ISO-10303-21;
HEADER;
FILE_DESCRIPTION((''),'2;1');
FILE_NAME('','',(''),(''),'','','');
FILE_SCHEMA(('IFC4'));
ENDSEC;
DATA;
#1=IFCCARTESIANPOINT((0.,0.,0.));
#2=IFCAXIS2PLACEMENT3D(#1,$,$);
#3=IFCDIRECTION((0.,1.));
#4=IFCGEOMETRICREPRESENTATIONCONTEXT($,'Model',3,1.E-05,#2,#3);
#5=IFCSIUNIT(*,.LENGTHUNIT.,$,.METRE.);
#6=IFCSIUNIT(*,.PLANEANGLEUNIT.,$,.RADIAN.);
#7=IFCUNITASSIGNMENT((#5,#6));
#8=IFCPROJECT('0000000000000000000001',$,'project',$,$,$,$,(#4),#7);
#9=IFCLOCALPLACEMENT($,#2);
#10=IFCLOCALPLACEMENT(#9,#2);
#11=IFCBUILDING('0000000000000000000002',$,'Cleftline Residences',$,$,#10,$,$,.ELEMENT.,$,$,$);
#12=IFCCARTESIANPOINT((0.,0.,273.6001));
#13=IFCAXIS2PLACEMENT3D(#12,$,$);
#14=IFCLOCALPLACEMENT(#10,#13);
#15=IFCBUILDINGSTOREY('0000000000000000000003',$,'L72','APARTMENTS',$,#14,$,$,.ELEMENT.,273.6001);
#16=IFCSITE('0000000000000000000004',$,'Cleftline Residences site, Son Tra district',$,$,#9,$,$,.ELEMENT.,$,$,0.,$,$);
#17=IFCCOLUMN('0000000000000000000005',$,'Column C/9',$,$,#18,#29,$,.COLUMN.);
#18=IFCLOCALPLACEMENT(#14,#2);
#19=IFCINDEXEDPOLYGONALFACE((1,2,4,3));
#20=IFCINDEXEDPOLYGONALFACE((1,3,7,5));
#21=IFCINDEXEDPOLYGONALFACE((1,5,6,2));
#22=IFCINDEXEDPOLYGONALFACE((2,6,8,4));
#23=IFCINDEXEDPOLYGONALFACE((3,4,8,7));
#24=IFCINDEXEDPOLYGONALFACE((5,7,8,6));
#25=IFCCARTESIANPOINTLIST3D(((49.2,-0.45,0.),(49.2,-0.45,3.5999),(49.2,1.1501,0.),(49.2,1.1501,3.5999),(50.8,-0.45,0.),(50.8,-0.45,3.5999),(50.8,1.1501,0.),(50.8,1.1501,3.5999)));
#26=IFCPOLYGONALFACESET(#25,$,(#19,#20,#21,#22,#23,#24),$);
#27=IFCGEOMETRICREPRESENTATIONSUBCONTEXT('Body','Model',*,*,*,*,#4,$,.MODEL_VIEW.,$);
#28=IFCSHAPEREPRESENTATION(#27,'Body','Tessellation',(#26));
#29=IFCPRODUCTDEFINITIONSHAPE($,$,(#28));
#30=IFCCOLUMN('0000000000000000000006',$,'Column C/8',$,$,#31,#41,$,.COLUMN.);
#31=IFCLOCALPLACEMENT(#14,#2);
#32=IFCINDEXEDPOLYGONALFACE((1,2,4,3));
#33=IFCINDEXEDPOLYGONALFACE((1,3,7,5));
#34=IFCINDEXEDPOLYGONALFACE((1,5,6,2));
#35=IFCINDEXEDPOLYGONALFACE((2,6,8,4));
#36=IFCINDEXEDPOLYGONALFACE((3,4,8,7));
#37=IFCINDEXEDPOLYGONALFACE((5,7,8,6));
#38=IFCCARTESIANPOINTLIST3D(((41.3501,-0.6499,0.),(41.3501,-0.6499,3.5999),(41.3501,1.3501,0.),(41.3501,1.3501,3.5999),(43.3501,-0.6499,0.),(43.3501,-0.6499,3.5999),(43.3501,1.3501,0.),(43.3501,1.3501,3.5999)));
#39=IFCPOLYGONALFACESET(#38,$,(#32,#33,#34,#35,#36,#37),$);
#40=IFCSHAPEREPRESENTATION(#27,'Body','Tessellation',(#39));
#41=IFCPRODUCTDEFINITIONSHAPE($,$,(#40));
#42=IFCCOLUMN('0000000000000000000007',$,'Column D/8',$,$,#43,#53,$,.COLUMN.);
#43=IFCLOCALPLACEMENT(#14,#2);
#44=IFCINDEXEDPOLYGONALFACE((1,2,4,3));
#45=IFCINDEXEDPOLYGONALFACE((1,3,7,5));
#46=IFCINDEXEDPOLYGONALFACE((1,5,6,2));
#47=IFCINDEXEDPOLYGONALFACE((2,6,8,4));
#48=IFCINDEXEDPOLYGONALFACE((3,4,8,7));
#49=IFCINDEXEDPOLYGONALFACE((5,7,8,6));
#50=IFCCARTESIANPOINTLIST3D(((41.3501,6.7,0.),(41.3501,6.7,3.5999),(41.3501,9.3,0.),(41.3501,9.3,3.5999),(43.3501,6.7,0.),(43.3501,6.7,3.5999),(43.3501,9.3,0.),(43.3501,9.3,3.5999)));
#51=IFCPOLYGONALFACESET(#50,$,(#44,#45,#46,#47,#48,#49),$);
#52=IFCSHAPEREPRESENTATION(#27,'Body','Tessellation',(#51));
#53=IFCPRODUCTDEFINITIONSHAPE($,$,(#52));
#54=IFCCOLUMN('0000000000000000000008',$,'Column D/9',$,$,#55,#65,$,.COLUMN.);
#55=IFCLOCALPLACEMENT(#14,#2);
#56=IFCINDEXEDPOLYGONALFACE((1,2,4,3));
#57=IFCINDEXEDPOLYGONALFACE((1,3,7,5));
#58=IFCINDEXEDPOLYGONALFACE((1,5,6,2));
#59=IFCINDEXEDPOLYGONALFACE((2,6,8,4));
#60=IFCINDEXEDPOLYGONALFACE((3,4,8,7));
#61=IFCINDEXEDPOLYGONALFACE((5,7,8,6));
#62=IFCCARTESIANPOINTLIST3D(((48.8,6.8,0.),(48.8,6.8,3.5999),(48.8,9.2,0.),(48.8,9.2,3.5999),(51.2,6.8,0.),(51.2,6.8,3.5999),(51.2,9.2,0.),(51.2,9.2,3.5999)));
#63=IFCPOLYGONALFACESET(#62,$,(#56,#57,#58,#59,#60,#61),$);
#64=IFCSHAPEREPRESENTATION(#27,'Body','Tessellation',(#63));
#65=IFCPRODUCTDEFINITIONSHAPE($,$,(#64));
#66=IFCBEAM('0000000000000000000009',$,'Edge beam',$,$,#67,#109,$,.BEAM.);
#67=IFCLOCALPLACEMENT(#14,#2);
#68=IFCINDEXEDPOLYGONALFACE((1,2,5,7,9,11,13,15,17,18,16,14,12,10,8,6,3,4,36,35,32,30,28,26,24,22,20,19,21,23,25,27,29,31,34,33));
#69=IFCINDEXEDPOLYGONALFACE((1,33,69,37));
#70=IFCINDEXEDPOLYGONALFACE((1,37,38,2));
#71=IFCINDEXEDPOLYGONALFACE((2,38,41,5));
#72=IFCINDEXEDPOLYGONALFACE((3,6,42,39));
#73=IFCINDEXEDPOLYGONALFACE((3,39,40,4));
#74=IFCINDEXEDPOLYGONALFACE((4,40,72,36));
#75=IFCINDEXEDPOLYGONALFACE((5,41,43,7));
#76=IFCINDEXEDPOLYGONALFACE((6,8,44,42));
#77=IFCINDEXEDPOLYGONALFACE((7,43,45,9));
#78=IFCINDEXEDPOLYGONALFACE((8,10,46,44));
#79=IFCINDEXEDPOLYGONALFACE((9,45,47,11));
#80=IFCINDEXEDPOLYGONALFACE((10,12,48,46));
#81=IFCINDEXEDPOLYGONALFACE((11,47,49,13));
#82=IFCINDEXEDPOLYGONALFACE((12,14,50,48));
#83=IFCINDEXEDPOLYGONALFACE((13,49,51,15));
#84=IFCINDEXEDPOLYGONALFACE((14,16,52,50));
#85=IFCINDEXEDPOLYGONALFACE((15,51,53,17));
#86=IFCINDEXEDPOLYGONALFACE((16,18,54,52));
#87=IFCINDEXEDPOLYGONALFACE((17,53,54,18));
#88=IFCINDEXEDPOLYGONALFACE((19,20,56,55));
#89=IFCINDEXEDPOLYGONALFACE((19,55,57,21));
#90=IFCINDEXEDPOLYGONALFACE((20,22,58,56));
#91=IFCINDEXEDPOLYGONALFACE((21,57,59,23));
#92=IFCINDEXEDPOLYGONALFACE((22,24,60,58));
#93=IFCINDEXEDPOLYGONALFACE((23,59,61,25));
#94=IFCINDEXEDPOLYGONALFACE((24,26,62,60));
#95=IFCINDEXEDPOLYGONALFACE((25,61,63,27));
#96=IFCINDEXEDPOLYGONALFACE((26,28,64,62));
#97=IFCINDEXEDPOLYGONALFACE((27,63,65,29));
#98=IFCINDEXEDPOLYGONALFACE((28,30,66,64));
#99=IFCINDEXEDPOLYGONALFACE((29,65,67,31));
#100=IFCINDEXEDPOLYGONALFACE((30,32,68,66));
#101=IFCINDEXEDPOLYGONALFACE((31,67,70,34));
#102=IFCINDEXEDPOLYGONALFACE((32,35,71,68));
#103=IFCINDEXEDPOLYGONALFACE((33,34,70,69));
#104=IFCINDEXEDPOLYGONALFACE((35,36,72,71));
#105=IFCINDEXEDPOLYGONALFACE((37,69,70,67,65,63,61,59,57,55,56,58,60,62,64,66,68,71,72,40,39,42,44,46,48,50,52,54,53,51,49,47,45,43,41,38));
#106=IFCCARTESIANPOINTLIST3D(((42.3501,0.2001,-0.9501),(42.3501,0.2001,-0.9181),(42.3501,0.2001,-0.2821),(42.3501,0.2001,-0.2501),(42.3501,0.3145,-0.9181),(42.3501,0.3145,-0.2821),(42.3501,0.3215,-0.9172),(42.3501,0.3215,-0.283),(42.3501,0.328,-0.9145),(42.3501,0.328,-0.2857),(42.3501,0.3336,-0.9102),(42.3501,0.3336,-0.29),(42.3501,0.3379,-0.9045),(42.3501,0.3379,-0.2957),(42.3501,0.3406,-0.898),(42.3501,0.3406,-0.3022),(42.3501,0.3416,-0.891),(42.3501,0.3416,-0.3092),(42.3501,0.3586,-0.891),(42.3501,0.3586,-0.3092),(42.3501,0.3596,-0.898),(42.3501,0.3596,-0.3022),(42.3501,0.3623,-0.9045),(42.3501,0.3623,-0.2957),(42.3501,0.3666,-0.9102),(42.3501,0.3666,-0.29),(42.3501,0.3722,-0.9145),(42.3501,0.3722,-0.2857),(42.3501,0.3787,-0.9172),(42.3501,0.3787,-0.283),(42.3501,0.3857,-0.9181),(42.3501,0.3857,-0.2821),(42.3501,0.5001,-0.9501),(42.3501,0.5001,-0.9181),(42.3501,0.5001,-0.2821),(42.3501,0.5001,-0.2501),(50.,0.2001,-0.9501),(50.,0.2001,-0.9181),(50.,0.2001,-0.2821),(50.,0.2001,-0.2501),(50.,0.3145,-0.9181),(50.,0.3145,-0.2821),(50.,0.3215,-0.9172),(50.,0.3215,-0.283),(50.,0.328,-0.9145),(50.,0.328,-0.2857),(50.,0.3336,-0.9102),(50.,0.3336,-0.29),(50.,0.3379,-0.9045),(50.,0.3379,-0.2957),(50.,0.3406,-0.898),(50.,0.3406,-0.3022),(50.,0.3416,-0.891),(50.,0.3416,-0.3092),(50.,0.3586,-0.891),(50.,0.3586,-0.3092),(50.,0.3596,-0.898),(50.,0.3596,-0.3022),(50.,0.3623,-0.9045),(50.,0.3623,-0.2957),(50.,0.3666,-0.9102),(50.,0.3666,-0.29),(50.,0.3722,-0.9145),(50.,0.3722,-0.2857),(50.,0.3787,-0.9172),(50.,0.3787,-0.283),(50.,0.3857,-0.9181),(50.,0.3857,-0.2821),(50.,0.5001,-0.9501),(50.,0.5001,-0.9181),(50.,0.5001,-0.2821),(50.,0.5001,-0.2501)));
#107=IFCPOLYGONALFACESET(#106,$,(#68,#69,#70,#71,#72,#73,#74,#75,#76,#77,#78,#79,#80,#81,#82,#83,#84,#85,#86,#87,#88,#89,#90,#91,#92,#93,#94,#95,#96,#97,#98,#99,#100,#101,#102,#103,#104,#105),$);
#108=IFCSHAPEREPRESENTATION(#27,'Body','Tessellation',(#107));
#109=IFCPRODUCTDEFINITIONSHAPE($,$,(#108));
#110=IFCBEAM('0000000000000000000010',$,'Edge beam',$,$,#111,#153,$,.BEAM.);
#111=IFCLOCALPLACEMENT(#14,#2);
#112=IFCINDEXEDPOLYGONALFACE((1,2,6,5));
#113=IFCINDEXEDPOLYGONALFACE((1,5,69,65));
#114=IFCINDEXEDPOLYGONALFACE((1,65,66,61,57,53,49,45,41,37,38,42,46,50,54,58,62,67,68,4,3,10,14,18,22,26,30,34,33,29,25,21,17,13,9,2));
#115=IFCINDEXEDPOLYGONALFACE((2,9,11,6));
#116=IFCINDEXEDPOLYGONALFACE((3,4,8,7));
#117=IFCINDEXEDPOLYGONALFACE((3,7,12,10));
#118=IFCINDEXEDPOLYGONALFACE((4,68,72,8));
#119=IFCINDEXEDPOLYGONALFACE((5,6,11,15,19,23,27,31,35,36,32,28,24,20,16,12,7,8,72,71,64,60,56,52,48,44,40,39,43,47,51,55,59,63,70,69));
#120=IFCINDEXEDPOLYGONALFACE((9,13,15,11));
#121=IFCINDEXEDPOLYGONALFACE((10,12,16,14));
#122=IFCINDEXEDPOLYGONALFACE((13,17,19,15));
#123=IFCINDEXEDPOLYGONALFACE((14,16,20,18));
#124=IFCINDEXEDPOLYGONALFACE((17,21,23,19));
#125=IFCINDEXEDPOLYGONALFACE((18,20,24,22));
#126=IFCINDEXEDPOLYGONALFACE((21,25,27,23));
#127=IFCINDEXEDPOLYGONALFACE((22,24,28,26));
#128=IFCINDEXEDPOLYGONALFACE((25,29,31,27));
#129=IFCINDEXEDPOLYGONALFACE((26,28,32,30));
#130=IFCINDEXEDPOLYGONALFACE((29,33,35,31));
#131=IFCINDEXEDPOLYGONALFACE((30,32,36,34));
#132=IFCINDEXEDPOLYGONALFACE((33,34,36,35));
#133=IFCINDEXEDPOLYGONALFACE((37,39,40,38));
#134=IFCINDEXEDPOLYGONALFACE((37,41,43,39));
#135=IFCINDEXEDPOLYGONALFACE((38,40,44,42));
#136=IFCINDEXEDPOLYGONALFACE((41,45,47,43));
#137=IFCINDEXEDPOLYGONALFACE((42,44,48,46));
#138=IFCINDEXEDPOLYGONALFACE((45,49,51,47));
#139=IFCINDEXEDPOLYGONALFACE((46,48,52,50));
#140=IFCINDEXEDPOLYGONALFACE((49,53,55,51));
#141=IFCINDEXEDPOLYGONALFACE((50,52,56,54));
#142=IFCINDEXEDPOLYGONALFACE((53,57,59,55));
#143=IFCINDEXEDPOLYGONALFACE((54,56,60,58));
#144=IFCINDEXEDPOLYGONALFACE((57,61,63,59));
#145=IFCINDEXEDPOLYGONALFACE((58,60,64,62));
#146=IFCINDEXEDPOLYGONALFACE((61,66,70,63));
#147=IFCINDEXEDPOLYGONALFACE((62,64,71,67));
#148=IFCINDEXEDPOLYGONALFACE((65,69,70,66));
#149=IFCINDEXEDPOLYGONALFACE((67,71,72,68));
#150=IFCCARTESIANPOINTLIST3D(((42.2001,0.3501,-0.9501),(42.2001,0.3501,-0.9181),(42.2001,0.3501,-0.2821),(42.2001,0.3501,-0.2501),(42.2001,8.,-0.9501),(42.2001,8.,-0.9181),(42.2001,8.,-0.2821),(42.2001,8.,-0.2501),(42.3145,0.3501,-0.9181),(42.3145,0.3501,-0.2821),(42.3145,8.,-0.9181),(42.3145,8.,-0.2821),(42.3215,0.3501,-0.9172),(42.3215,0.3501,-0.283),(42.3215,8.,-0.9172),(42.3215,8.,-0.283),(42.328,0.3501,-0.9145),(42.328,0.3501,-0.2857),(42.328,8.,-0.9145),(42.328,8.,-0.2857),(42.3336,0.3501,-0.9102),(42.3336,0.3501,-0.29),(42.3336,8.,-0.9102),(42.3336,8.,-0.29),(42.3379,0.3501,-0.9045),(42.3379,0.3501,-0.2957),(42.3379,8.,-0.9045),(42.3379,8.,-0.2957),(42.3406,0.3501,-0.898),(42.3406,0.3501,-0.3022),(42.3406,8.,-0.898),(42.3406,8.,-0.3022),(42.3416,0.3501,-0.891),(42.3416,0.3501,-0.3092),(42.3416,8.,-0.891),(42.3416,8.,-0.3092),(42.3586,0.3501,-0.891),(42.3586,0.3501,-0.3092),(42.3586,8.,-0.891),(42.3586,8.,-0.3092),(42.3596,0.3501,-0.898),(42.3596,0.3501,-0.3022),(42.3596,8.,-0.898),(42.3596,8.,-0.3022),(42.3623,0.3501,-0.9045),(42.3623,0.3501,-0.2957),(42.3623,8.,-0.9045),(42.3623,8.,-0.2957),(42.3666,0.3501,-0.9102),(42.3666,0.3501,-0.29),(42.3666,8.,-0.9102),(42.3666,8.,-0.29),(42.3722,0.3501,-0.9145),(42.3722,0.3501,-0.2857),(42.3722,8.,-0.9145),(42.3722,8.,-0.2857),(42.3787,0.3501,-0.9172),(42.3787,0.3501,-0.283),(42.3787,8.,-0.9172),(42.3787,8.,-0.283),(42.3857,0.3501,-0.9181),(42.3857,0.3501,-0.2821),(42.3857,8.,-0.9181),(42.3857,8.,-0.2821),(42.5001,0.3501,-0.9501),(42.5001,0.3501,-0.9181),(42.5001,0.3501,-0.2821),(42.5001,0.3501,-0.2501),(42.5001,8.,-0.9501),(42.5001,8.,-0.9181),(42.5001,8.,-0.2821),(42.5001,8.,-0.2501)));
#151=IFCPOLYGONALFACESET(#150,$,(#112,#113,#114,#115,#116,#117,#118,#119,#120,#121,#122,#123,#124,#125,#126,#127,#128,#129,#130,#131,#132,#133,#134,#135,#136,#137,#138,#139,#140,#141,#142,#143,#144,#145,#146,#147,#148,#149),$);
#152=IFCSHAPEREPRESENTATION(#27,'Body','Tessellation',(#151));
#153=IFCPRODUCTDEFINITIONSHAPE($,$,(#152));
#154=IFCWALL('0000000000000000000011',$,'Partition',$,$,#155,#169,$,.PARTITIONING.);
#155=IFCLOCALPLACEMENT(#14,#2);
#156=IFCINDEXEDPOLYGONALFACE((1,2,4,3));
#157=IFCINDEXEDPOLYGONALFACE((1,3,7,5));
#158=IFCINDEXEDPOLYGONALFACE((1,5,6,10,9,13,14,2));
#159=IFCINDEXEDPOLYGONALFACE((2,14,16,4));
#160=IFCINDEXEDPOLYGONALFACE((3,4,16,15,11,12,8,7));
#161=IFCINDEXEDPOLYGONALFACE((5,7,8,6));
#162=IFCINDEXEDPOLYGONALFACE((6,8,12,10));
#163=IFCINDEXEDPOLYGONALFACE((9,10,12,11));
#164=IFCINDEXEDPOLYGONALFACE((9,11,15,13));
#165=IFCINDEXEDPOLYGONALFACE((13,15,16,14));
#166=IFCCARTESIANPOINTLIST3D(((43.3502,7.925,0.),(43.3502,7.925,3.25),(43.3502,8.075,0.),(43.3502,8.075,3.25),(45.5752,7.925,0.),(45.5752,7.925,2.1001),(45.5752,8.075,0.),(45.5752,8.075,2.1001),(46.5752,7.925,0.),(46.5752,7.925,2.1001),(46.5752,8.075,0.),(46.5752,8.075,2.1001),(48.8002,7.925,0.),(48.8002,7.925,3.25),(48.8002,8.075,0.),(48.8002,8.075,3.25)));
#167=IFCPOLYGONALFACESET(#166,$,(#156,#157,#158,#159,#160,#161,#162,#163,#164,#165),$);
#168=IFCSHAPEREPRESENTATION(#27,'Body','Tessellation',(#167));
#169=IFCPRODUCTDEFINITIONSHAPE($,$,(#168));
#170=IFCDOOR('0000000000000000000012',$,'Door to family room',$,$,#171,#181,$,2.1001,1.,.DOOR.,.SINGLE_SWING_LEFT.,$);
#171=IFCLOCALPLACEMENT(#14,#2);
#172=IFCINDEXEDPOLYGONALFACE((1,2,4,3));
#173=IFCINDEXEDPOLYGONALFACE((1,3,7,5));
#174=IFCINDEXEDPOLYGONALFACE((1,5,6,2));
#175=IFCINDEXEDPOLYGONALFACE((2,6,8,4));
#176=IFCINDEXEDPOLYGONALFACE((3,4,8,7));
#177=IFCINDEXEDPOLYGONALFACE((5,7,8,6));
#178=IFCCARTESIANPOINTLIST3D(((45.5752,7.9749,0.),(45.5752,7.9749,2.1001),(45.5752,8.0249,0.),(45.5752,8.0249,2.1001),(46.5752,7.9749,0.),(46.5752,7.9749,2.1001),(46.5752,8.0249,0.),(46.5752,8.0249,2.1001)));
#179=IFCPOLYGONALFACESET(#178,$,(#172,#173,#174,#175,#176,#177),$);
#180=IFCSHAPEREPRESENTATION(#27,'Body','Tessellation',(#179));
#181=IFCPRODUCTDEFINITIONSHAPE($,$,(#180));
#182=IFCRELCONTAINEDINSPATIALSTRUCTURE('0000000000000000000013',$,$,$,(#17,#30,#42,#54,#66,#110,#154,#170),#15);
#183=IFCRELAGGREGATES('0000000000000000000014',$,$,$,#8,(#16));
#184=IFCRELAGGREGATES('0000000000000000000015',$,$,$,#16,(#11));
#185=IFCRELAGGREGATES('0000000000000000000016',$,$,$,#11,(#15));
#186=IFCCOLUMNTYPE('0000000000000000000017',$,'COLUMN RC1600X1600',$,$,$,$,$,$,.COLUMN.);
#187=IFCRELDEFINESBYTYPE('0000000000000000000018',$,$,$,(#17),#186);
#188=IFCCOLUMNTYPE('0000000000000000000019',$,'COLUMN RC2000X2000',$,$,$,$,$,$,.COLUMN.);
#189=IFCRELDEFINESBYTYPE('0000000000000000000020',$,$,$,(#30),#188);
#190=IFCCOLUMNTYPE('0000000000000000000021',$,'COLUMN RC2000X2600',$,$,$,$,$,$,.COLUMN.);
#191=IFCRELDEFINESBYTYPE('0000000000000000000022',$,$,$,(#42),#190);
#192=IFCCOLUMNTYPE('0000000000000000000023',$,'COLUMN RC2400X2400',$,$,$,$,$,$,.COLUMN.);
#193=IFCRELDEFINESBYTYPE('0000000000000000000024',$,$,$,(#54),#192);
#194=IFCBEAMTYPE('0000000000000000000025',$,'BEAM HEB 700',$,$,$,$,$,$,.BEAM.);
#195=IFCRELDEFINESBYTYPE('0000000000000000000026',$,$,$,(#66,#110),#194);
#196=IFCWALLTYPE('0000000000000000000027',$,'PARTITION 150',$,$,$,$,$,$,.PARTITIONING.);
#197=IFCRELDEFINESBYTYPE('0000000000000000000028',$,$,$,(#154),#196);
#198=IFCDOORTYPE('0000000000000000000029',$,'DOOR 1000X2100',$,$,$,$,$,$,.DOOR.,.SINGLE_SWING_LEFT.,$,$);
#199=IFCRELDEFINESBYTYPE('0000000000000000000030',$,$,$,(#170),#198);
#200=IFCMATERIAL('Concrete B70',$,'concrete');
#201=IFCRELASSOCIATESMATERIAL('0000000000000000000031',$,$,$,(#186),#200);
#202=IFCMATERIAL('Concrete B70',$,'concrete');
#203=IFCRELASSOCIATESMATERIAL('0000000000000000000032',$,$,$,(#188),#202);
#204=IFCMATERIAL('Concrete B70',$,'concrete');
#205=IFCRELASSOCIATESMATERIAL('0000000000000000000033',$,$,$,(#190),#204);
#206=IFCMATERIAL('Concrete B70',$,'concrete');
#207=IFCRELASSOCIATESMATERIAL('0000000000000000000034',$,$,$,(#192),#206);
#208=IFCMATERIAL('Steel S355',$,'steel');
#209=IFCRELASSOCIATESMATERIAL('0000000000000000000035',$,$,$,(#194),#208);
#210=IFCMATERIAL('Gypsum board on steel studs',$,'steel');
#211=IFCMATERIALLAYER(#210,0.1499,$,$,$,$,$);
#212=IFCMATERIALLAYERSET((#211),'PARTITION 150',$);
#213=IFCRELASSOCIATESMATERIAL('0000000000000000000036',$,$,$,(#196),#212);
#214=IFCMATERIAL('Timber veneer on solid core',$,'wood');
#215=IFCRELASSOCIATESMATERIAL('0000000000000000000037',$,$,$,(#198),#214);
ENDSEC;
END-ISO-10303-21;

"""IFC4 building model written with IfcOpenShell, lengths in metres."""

from ifc_helpers import new_model, si_unit, direction, frame, frame_2d, origin, origin_2d, place, context, subcontext, project, spatial, rectangle, i_section, extrude, material, layer, layer_set, material_profile, profile_set, type_object, element, fill, save


model = new_model("IFC4")

# Units and contexts
model_context = context("Model", 3, precision=1e-05, world=origin(), true_north=direction((0.0, 1.0)))
body_context = subcontext(model_context, "Body", "Model", "MODEL_VIEW")
ifc_project = project(units=[si_unit("LENGTHUNIT", "METRE"), si_unit("PLANEANGLEUNIT", "RADIAN")], contexts=[model_context])

# Site, building, storey
site_placement = place(None, origin())
site = spatial("IfcSite", under=ifc_project, at=site_placement, Name="Cleftline Residences site, Son Tra district", CompositionType="ELEMENT", RefElevation=0.0)
building_placement = place(site_placement, origin())
building = spatial("IfcBuilding", under=site, at=building_placement, Name="Cleftline Residences", CompositionType="ELEMENT")
storey_placement = place(building_placement, frame((0.0, 0.0, 273.6001)))
storey = spatial("IfcBuildingStorey", under=building, at=storey_placement, Name="L72", Description="APARTMENTS", CompositionType="ELEMENT", Elevation=273.6001)

# Columns
ifc_material_1 = material(Name="Concrete B70", Category="concrete")
ifc_material_profile_1 = material_profile(ifc_material_1, rectangle(XDim=1.6001, YDim=1.6001, at=origin_2d()))
ifc_profile_set_1 = profile_set([ifc_material_profile_1], Name="Concrete B70")
column_type_1 = type_object("IfcColumnType", Name="COLUMN RC1600X1600", PredefinedType="COLUMN", material=ifc_profile_set_1)
column_1_placement = place(storey_placement, frame((50.0, 0.3501, 0.0), z_axis=(0.0, 0.0, 1.0), x_axis=(1.0, 0.0, 0.0)))
element("IfcColumn", 1, at=column_1_placement, inside=storey, type_object=column_type_1, Name="Column C/9", PredefinedType="COLUMN", context=body_context, shape_type="SweptSolid", body=[
    extrude(rectangle(XDim=1.6001, YDim=1.6001, at=origin_2d()), origin(), (0.0, 0.0, 1.0), 3.5999),
])
ifc_material_2 = material(Name="Concrete B70", Category="concrete")
ifc_material_profile_2 = material_profile(ifc_material_2, rectangle(XDim=2.0, YDim=2.0, at=origin_2d()))
ifc_profile_set_2 = profile_set([ifc_material_profile_2], Name="Concrete B70")
column_type_2 = type_object("IfcColumnType", Name="COLUMN RC2000X2000", PredefinedType="COLUMN", material=ifc_profile_set_2)
column_2_placement = place(storey_placement, frame((42.3501, 0.3501, 0.0), z_axis=(0.0, 0.0, 1.0), x_axis=(1.0, 0.0, 0.0)))
element("IfcColumn", 2, at=column_2_placement, inside=storey, type_object=column_type_2, Name="Column C/8", PredefinedType="COLUMN", context=body_context, shape_type="SweptSolid", body=[
    extrude(rectangle(XDim=2.0, YDim=2.0, at=origin_2d()), origin(), (0.0, 0.0, 1.0), 3.5999),
])
ifc_material_3 = material(Name="Concrete B70", Category="concrete")
ifc_material_profile_3 = material_profile(ifc_material_3, rectangle(XDim=2.0, YDim=2.6001, at=origin_2d()))
ifc_profile_set_3 = profile_set([ifc_material_profile_3], Name="Concrete B70")
column_type_3 = type_object("IfcColumnType", Name="COLUMN RC2000X2600", PredefinedType="COLUMN", material=ifc_profile_set_3)
column_3_placement = place(storey_placement, frame((42.3501, 8.0, 0.0), z_axis=(0.0, 0.0, 1.0), x_axis=(1.0, 0.0, 0.0)))
element("IfcColumn", 3, at=column_3_placement, inside=storey, type_object=column_type_3, Name="Column D/8", PredefinedType="COLUMN", context=body_context, shape_type="SweptSolid", body=[
    extrude(rectangle(XDim=2.0, YDim=2.6001, at=origin_2d()), origin(), (0.0, 0.0, 1.0), 3.5999),
])
ifc_material_4 = material(Name="Concrete B70", Category="concrete")
ifc_material_profile_4 = material_profile(ifc_material_4, rectangle(XDim=2.3999, YDim=2.3999, at=origin_2d()))
ifc_profile_set_4 = profile_set([ifc_material_profile_4], Name="Concrete B70")
column_type_4 = type_object("IfcColumnType", Name="COLUMN RC2400X2400", PredefinedType="COLUMN", material=ifc_profile_set_4)
column_4_placement = place(storey_placement, frame((50.0, 8.0, 0.0), z_axis=(0.0, 0.0, 1.0), x_axis=(1.0, 0.0, 0.0)))
element("IfcColumn", 4, at=column_4_placement, inside=storey, type_object=column_type_4, Name="Column D/9", PredefinedType="COLUMN", context=body_context, shape_type="SweptSolid", body=[
    extrude(rectangle(XDim=2.3999, YDim=2.3999, at=origin_2d()), origin(), (0.0, 0.0, 1.0), 3.5999),
])

# Beams
ifc_material_5 = material(Name="Steel S355", Category="steel")
ifc_material_profile_5 = material_profile(ifc_material_5, i_section(OverallWidth=0.3, OverallDepth=0.7, WebThickness=0.0171, FlangeThickness=0.032, FilletRadius=0.0271, at=origin_2d()))
ifc_profile_set_5 = profile_set([ifc_material_profile_5], Name="Steel S355")
beam_type = type_object("IfcBeamType", Name="BEAM HEB 700", PredefinedType="BEAM", material=ifc_profile_set_5)
for number, where, z_axis, x_axis, name in (
    (5, (50.0, 0.3501, -0.6001), (-1.0, 0.0, 0.0), (0.0, -1.0, 0.0), "Edge beam"),
    (6, (42.3501, 0.3501, -0.6001), (0.0, 1.0, 0.0), (-1.0, 0.0, 0.0), "Edge beam"),
):
    element("IfcBeam", number, at=place(storey_placement, frame(where, z_axis=z_axis, x_axis=x_axis)), inside=storey, type_object=beam_type, Name=name, PredefinedType="BEAM", context=body_context, shape_type="SweptSolid", body=[
        extrude(i_section(OverallWidth=0.3, OverallDepth=0.7, WebThickness=0.0171, FlangeThickness=0.032, FilletRadius=0.0271, at=origin_2d()), origin(), (0.0, 0.0, 1.0), 7.6499),
    ])

# Wall, opening, door
ifc_material_6 = material(Name="Gypsum board on steel studs", Category="steel")
ifc_layer_1 = layer(ifc_material_6, 0.1499)
ifc_layer_set_1 = layer_set([ifc_layer_1], Name="PARTITION 150")
wall_type_1 = type_object("IfcWallType", Name="PARTITION 150", PredefinedType="PARTITIONING", material=ifc_layer_set_1)
wall_1_placement = place(storey_placement, frame((43.3501, 8.0, 0.0), z_axis=(0.0, 0.0, 1.0), x_axis=(1.0, 0.0, 0.0)))
wall_1 = element("IfcWall", 7, at=wall_1_placement, inside=storey, type_object=wall_type_1, Name="Partition", PredefinedType="PARTITIONING", context=body_context, shape_type="SweptSolid", body=[
    extrude(rectangle(XDim=5.45, YDim=0.1499, at=frame_2d((2.7251, 0.0))), origin(), (0.0, 0.0, 1.0), 3.25),
])
opening_1_placement = place(wall_1_placement, frame((2.2251, 0.0, 0.0)))
opening_1 = element("IfcOpeningElement", 8, at=opening_1_placement, cuts=wall_1, PredefinedType="OPENING", context=body_context, shape_type="SweptSolid", body=[
    extrude(rectangle(XDim=1.0, YDim=2.1001, at=frame_2d((0.5, 1.05))), frame((0.0, 0.085, 0.0), z_axis=(0.0, -1.0, 0.0), x_axis=(1.0, 0.0, 0.0)), (0.0, 0.0, 1.0), 0.1699),
])
ifc_material_7 = material(Name="Timber veneer on solid core", Category="wood")
door_type_1 = type_object("IfcDoorType", Name="DOOR 1000X2100", OperationType="SINGLE_SWING_LEFT", PredefinedType="DOOR", material=ifc_material_7)
door_1_placement = place(opening_1_placement, origin())
door_1 = element("IfcDoor", 9, at=door_1_placement, inside=storey, type_object=door_type_1, Name="Door to family room", OperationType="SINGLE_SWING_LEFT", OverallHeight=2.1001, OverallWidth=1.0, PredefinedType="DOOR", context=body_context, shape_type="SweptSolid", body=[
    extrude(rectangle(XDim=1.0, YDim=2.1001, at=frame_2d((0.5, 1.05))), frame((0.0, 0.0249, 0.0), z_axis=(0.0, -1.0, 0.0), x_axis=(1.0, 0.0, 0.0)), (0.0, 0.0, 1.0), 0.05),
])
fill(opening_1, door_1)

save(model, "model.ifc")
